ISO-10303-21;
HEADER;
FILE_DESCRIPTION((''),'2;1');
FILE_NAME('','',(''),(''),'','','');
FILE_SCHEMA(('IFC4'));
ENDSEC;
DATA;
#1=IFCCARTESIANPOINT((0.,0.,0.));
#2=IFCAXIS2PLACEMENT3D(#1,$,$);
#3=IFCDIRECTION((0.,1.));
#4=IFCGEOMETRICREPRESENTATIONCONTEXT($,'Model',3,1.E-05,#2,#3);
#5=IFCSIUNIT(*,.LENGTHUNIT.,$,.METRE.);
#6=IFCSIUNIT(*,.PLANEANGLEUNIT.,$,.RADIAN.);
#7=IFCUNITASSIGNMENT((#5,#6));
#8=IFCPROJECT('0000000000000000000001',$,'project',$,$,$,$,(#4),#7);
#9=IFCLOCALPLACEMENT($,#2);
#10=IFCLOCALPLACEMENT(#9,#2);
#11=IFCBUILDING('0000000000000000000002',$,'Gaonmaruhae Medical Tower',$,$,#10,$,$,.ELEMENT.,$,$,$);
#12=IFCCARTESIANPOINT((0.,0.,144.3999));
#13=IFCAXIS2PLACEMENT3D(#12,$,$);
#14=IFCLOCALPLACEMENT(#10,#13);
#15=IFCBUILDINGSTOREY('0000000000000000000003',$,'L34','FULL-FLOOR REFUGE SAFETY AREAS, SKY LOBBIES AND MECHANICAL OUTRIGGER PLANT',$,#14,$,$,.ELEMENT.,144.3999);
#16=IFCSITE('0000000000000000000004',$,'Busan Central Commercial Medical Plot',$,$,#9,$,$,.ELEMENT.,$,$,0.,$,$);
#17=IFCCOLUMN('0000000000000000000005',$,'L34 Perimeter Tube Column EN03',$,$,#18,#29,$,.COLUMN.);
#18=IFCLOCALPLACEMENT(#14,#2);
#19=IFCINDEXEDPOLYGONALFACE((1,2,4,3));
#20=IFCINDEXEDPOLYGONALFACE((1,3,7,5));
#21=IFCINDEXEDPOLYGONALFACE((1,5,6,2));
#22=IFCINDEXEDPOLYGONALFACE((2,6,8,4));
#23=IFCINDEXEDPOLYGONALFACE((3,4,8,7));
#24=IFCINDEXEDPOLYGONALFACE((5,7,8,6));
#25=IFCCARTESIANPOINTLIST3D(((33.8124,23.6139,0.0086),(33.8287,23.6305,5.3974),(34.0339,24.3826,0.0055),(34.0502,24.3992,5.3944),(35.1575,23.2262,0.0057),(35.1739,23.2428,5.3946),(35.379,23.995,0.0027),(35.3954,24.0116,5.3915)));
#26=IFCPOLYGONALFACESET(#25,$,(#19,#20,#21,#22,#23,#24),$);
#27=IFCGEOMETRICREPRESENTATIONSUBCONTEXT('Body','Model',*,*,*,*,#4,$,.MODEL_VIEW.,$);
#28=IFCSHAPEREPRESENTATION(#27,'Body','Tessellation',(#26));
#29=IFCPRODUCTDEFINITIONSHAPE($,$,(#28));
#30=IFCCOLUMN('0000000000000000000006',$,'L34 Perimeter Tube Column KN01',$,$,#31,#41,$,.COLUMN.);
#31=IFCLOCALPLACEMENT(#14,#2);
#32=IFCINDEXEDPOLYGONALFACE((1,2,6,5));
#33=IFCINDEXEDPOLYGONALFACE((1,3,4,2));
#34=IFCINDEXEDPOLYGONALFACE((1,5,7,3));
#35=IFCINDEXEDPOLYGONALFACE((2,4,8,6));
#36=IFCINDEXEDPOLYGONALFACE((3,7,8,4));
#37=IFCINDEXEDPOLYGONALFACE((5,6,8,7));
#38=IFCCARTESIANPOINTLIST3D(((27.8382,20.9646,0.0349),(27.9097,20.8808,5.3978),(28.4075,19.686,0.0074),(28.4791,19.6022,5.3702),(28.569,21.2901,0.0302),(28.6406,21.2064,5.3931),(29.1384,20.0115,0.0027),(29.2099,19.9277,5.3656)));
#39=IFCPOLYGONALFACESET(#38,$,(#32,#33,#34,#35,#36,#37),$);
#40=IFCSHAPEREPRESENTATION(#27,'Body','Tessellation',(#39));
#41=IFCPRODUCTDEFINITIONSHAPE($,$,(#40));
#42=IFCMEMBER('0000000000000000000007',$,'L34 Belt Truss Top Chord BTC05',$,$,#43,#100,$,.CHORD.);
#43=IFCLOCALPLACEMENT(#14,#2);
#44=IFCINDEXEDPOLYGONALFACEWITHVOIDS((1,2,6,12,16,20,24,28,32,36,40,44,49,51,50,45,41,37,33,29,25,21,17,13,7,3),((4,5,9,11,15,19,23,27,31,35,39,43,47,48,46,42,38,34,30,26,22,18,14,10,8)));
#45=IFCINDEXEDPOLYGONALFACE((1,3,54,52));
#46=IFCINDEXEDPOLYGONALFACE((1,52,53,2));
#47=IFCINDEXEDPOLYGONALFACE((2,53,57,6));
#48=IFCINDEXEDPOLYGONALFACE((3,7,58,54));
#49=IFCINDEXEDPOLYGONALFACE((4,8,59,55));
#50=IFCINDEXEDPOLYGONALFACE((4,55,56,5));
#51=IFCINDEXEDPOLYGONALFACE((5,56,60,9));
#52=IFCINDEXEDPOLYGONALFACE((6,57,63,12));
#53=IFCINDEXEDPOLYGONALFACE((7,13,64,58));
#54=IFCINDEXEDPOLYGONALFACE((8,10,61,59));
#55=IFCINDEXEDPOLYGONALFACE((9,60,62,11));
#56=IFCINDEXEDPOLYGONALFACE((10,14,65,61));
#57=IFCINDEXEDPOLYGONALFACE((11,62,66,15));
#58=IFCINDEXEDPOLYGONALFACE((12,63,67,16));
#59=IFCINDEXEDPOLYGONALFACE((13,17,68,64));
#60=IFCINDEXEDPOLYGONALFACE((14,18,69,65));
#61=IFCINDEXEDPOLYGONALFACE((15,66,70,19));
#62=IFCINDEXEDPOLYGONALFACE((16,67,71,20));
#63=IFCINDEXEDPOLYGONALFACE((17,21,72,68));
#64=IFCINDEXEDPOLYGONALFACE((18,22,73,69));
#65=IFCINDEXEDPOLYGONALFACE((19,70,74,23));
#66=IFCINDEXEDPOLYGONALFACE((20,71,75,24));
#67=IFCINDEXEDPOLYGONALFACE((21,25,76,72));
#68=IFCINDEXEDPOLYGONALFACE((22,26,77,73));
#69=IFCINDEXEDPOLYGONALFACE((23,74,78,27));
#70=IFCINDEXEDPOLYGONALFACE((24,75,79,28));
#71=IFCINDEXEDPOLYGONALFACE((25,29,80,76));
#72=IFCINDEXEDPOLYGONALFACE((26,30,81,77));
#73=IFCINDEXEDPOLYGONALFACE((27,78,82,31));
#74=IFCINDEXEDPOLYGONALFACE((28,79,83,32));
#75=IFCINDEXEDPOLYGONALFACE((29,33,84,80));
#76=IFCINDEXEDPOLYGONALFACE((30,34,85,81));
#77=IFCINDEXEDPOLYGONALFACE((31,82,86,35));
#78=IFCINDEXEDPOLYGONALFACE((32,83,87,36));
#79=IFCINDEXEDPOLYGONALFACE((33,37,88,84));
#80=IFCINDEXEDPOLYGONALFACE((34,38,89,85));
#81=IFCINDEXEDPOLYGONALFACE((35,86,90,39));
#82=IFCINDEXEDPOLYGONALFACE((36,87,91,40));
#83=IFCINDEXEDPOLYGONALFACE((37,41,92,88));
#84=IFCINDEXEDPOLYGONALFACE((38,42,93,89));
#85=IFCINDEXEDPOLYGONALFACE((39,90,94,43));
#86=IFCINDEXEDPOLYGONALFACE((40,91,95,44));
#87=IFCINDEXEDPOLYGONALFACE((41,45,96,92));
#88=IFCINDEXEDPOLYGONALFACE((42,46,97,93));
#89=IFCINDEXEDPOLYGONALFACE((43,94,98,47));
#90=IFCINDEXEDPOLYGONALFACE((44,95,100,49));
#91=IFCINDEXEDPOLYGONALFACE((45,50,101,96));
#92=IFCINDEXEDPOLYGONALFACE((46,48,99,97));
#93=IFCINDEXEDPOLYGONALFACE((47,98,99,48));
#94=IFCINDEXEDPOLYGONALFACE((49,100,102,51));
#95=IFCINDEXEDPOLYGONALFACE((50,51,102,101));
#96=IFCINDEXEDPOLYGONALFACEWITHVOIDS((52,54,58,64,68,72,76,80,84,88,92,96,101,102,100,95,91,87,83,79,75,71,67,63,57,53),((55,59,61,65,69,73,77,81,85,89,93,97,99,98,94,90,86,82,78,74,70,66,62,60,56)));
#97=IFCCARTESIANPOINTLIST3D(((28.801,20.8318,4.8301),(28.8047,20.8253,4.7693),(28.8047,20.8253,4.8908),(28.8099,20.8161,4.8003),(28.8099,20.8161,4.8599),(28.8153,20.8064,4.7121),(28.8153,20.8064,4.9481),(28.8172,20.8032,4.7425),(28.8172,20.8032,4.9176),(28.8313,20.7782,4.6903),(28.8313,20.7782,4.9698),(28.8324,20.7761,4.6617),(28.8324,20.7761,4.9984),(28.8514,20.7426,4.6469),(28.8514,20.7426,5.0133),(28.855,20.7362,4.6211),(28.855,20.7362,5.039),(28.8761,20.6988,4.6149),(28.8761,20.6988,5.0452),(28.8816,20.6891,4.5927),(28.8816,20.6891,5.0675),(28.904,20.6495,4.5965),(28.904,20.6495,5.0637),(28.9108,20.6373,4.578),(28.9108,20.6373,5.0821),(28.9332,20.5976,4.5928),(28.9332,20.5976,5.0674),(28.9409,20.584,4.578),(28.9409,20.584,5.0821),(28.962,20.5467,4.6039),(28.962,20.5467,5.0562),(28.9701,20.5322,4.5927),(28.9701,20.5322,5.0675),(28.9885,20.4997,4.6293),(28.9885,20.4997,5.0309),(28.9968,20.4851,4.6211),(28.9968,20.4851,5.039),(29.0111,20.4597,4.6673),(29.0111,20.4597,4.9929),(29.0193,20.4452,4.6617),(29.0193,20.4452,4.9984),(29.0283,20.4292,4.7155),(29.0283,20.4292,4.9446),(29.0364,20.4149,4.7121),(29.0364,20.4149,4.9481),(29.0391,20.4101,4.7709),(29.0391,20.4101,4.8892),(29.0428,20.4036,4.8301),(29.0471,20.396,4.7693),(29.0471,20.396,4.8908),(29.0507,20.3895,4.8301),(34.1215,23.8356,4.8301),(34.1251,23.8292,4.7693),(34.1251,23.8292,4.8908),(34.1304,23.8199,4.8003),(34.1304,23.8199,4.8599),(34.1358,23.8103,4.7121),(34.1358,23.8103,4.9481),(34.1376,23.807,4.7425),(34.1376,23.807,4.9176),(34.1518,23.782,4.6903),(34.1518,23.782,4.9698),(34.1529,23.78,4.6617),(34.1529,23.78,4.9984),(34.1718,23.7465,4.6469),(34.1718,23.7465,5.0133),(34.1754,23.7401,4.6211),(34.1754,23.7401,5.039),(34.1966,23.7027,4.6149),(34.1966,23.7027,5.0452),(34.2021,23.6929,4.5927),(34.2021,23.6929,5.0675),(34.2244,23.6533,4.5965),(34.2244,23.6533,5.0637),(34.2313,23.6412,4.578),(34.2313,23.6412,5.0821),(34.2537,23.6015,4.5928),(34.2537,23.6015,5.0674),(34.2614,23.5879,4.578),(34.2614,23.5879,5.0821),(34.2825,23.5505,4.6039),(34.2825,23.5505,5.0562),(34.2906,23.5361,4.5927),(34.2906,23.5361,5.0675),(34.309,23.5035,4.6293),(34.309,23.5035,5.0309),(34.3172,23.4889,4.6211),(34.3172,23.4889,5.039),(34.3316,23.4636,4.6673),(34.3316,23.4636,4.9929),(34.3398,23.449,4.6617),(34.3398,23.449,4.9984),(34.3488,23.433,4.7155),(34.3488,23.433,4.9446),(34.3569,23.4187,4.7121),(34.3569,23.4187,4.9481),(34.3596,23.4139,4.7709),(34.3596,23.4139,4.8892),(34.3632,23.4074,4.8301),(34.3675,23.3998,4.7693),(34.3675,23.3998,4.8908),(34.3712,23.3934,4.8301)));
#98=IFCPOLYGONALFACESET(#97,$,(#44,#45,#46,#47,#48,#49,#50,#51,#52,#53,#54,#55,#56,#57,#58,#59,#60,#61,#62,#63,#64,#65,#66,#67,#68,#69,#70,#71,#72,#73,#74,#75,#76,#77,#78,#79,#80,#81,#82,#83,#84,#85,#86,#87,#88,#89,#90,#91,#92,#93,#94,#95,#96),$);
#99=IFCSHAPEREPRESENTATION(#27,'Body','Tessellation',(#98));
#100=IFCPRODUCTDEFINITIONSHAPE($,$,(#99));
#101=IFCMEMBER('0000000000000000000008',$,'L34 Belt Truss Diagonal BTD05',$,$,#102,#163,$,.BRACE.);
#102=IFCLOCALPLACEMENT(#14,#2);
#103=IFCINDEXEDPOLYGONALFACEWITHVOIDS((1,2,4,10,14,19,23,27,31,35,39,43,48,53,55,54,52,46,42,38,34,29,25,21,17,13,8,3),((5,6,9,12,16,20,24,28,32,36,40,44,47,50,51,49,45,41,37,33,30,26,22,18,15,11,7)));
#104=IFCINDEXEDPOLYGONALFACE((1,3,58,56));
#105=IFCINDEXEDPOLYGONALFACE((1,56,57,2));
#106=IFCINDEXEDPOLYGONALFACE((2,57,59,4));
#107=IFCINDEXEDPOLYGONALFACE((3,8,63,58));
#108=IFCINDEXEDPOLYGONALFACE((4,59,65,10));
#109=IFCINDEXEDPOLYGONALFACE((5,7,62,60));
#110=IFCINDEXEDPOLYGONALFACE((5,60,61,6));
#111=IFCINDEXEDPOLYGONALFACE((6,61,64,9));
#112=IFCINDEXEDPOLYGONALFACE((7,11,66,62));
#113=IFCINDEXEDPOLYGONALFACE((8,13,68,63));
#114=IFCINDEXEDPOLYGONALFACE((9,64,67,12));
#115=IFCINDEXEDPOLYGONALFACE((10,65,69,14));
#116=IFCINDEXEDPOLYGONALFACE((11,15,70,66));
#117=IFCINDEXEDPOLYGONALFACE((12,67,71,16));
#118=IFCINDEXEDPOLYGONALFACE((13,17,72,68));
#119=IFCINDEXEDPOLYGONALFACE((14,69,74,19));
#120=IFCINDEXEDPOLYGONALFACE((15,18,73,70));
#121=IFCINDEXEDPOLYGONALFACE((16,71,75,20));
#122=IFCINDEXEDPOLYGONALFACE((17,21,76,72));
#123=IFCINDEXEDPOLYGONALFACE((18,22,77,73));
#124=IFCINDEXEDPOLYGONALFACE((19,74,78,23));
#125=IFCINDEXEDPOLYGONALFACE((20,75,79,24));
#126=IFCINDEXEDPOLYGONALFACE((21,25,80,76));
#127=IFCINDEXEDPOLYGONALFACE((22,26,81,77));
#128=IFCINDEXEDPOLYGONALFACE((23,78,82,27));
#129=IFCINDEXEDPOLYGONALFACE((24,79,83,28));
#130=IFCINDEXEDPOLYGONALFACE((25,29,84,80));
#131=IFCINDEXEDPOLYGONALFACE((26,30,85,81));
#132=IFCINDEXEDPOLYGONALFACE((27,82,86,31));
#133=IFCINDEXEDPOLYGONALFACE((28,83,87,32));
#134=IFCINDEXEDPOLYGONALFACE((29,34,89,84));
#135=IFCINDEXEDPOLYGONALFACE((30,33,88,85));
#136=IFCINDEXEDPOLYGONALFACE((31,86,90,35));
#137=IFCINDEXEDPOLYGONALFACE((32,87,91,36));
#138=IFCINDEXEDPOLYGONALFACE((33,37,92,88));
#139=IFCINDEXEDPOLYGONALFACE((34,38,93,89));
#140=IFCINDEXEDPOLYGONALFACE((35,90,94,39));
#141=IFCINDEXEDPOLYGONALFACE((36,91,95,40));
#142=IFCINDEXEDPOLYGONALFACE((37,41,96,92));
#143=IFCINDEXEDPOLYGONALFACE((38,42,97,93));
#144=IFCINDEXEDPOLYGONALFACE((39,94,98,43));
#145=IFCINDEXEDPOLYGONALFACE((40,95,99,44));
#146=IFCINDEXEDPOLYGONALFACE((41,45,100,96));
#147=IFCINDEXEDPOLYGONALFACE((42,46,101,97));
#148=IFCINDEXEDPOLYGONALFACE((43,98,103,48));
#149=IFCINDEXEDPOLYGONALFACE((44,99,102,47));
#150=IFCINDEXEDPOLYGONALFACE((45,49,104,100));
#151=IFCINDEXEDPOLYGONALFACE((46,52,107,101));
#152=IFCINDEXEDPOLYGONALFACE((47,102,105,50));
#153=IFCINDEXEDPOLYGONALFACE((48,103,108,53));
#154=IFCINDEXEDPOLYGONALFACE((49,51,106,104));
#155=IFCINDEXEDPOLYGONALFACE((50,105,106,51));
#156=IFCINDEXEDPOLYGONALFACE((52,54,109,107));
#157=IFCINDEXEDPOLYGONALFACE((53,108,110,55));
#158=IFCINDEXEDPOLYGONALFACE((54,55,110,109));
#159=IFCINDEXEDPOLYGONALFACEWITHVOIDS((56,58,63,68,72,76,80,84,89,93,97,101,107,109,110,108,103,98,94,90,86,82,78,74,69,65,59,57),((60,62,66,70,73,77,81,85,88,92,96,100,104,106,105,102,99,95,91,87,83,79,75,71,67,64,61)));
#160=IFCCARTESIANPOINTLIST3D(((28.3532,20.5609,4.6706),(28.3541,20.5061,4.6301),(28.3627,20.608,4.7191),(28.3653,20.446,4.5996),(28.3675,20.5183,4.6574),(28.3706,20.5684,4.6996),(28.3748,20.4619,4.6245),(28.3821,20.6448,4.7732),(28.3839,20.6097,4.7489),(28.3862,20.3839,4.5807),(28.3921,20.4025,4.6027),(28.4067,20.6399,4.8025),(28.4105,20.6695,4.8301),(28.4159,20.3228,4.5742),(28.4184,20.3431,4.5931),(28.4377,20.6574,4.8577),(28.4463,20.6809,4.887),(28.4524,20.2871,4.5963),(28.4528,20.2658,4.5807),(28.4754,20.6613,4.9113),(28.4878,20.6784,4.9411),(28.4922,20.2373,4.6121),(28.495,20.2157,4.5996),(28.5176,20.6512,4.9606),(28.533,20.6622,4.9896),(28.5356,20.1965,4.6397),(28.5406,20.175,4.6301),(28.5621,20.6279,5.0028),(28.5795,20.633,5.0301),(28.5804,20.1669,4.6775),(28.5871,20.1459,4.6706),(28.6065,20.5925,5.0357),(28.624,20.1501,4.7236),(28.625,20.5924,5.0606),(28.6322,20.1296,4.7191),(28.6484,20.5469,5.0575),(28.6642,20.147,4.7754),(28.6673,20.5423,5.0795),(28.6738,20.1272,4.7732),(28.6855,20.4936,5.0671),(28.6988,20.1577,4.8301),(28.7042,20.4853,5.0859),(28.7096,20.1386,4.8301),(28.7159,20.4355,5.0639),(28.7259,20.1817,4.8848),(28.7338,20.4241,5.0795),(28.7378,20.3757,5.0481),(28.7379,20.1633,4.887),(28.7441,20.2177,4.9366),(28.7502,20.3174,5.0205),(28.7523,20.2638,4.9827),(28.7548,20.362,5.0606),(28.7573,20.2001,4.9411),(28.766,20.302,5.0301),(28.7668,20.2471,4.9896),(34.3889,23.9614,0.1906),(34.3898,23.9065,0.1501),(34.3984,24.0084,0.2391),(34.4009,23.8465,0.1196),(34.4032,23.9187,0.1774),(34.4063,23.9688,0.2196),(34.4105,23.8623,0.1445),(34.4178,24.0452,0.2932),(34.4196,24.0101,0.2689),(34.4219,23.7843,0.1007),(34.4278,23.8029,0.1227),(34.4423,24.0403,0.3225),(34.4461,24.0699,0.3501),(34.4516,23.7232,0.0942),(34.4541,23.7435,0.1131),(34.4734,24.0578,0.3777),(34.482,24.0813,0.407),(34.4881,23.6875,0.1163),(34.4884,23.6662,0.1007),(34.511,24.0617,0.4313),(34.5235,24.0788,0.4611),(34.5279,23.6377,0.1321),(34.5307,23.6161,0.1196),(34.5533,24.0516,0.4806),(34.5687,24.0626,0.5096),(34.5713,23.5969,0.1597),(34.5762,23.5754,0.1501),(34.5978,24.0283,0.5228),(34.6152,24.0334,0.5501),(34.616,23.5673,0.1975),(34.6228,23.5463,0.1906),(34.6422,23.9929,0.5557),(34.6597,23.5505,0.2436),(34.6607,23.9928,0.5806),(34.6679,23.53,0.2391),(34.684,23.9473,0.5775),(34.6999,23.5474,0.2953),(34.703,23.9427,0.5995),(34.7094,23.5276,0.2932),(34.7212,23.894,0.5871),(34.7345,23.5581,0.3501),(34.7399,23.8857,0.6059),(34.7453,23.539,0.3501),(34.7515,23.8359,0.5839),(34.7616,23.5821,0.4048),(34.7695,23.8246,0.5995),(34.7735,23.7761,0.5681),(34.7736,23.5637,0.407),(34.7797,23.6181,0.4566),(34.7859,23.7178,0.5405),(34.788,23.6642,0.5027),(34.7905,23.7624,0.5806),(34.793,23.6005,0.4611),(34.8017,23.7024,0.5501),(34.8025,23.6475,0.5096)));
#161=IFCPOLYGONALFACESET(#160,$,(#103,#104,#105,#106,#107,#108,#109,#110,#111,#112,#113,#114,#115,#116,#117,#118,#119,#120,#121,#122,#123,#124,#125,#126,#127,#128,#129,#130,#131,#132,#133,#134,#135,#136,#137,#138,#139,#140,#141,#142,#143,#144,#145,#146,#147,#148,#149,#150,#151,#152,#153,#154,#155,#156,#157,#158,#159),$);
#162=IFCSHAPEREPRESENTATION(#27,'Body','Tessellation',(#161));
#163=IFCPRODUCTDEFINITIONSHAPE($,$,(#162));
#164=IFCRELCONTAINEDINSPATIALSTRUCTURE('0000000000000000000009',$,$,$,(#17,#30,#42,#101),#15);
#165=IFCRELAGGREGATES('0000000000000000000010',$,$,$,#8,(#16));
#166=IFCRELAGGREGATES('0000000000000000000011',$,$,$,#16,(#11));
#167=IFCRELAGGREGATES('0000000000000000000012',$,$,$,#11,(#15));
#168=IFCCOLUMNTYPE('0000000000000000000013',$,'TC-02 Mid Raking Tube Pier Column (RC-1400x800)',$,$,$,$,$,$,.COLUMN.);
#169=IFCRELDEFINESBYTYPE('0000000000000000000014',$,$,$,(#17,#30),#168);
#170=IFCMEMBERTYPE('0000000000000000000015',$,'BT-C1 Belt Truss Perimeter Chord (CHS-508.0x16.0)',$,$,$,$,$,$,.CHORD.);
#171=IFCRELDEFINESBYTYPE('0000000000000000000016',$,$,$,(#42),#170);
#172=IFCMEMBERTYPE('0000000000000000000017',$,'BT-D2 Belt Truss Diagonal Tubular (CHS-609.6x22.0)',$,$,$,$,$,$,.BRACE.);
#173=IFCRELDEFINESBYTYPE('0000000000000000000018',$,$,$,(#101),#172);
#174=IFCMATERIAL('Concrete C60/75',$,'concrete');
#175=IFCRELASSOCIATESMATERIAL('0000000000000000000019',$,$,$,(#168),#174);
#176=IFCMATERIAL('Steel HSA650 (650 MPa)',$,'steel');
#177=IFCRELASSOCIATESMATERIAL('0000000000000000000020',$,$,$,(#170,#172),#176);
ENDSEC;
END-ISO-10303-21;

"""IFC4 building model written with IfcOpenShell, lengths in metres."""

from ifc_helpers import new_model, si_unit, direction, frame, origin, origin_2d, place, context, subcontext, project, spatial, rectangle, hollow_circle, extrude, material, material_profile, profile_set, type_object, element, save


model = new_model("IFC4")

# Units and contexts
model_context = context("Model", 3, precision=1e-05, world=origin(), true_north=direction((0.0, 1.0)))
body_context = subcontext(model_context, "Body", "Model", "MODEL_VIEW")
ifc_project = project(units=[si_unit("LENGTHUNIT", "METRE"), si_unit("PLANEANGLEUNIT", "RADIAN")], contexts=[model_context])

# Site, building, storey
site_placement = place(None, origin())
site = spatial("IfcSite", under=ifc_project, at=site_placement, Name="Busan Central Commercial Medical Plot", CompositionType="ELEMENT", RefElevation=0.0)
building_placement = place(site_placement, origin())
building = spatial("IfcBuilding", under=site, at=building_placement, Name="Gaonmaruhae Medical Tower", CompositionType="ELEMENT")
storey_placement = place(building_placement, frame((0.0, 0.0, 144.3999)))
storey = spatial("IfcBuildingStorey", under=building, at=storey_placement, Name="L34", Description="FULL-FLOOR REFUGE SAFETY AREAS, SKY LOBBIES AND MECHANICAL OUTRIGGER PLANT", CompositionType="ELEMENT", Elevation=144.3999)

# Columns
ifc_material_1 = material(Name="Concrete C60/75", Category="concrete")
ifc_material_profile_1 = material_profile(ifc_material_1, rectangle(XDim=1.3999, YDim=0.8, at=origin_2d()), Name="RC-1400x800")
ifc_profile_set_1 = profile_set([ifc_material_profile_1], Name="Concrete C60/75")
column_type = type_object("IfcColumnType", Name="TC-02 Mid Raking Tube Pier Column (RC-1400x800)", PredefinedType="COLUMN", material=ifc_profile_set_1)
column_1_placement = place(storey_placement, frame((34.5957, 23.8044, 0.0056), z_axis=(0.003035, 0.003081, 0.999991), x_axis=(-0.960894, 0.276909, 0.002064)))
element("IfcColumn", 1, at=column_1_placement, inside=storey, type_object=column_type, Name="L34 Perimeter Tube Column EN03", PredefinedType="COLUMN", context=body_context, shape_type="SweptSolid", body=[
    extrude(rectangle(XDim=1.3999, YDim=0.8, at=origin_2d()), origin(), (0.0, 0.0, 1.0), 5.3889),
])
column_2_placement = place(storey_placement, frame((28.4883, 20.488, 0.0188), z_axis=(0.013336, -0.015612, 0.999789), x_axis=(-0.406683, 0.913357, 0.019687)))
element("IfcColumn", 2, at=column_2_placement, inside=storey, type_object=column_type, Name="L34 Perimeter Tube Column KN01", PredefinedType="COLUMN", context=body_context, shape_type="SweptSolid", body=[
    extrude(rectangle(XDim=1.3999, YDim=0.8, at=origin_2d()), origin(), (0.0, 0.0, 1.0), 5.364),
])

# Members
ifc_material_2 = material(Name="Steel HSA650 (650 MPa)", Category="steel")
ifc_material_profile_2 = material_profile(ifc_material_2, hollow_circle(Radius=0.2539, WallThickness=0.0161, at=origin_2d()), Name="CHS-508.0x16.0")
ifc_profile_set_2 = profile_set([ifc_material_profile_2], Name="Steel HSA650 (650 MPa)")
member_type_1 = type_object("IfcMemberType", Name="BT-C1 Belt Truss Perimeter Chord (CHS-508.0x16.0)", PredefinedType="CHORD", material=ifc_profile_set_2)
member_1_placement = place(storey_placement, frame((34.2463, 23.6145, 4.8301), z_axis=(-0.870799, -0.49164, 0.0), x_axis=(0.49164, -0.870799, 0.0)))
element("IfcMember", 3, at=member_1_placement, inside=storey, type_object=member_type_1, Name="L34 Belt Truss Top Chord BTC05", PredefinedType="CHORD", context=body_context, shape_type="SweptSolid", body=[
    extrude(hollow_circle(Radius=0.2539, WallThickness=0.0161, at=origin_2d()), origin(), (0.0, 0.0, 1.0), 6.1099),
])
ifc_material_profile_3 = material_profile(ifc_material_2, hollow_circle(Radius=0.3047, WallThickness=0.022, at=origin_2d()), Name="CHS-609.6x22.0")
ifc_profile_set_3 = profile_set([ifc_material_profile_3], Name="Steel HSA650 (650 MPa)")
member_type_2 = type_object("IfcMemberType", Name="BT-D2 Belt Truss Diagonal Tubular (CHS-609.6x22.0)", PredefinedType="BRACE", material=ifc_profile_set_3)
member_2_placement = place(storey_placement, frame((34.5957, 23.8044, 0.3501), z_axis=(-0.731597, -0.41217, 0.54303), x_axis=(0.490847, -0.871246, 0.0)))
element("IfcMember", 4, at=member_2_placement, inside=storey, type_object=member_type_2, Name="L34 Belt Truss Diagonal BTD05", PredefinedType="BRACE", context=body_context, shape_type="SweptSolid", body=[
    extrude(hollow_circle(Radius=0.3047, WallThickness=0.022, at=origin_2d()), origin(), (0.0, 0.0, 1.0), 8.25),
])

save(model, "model.ifc")
